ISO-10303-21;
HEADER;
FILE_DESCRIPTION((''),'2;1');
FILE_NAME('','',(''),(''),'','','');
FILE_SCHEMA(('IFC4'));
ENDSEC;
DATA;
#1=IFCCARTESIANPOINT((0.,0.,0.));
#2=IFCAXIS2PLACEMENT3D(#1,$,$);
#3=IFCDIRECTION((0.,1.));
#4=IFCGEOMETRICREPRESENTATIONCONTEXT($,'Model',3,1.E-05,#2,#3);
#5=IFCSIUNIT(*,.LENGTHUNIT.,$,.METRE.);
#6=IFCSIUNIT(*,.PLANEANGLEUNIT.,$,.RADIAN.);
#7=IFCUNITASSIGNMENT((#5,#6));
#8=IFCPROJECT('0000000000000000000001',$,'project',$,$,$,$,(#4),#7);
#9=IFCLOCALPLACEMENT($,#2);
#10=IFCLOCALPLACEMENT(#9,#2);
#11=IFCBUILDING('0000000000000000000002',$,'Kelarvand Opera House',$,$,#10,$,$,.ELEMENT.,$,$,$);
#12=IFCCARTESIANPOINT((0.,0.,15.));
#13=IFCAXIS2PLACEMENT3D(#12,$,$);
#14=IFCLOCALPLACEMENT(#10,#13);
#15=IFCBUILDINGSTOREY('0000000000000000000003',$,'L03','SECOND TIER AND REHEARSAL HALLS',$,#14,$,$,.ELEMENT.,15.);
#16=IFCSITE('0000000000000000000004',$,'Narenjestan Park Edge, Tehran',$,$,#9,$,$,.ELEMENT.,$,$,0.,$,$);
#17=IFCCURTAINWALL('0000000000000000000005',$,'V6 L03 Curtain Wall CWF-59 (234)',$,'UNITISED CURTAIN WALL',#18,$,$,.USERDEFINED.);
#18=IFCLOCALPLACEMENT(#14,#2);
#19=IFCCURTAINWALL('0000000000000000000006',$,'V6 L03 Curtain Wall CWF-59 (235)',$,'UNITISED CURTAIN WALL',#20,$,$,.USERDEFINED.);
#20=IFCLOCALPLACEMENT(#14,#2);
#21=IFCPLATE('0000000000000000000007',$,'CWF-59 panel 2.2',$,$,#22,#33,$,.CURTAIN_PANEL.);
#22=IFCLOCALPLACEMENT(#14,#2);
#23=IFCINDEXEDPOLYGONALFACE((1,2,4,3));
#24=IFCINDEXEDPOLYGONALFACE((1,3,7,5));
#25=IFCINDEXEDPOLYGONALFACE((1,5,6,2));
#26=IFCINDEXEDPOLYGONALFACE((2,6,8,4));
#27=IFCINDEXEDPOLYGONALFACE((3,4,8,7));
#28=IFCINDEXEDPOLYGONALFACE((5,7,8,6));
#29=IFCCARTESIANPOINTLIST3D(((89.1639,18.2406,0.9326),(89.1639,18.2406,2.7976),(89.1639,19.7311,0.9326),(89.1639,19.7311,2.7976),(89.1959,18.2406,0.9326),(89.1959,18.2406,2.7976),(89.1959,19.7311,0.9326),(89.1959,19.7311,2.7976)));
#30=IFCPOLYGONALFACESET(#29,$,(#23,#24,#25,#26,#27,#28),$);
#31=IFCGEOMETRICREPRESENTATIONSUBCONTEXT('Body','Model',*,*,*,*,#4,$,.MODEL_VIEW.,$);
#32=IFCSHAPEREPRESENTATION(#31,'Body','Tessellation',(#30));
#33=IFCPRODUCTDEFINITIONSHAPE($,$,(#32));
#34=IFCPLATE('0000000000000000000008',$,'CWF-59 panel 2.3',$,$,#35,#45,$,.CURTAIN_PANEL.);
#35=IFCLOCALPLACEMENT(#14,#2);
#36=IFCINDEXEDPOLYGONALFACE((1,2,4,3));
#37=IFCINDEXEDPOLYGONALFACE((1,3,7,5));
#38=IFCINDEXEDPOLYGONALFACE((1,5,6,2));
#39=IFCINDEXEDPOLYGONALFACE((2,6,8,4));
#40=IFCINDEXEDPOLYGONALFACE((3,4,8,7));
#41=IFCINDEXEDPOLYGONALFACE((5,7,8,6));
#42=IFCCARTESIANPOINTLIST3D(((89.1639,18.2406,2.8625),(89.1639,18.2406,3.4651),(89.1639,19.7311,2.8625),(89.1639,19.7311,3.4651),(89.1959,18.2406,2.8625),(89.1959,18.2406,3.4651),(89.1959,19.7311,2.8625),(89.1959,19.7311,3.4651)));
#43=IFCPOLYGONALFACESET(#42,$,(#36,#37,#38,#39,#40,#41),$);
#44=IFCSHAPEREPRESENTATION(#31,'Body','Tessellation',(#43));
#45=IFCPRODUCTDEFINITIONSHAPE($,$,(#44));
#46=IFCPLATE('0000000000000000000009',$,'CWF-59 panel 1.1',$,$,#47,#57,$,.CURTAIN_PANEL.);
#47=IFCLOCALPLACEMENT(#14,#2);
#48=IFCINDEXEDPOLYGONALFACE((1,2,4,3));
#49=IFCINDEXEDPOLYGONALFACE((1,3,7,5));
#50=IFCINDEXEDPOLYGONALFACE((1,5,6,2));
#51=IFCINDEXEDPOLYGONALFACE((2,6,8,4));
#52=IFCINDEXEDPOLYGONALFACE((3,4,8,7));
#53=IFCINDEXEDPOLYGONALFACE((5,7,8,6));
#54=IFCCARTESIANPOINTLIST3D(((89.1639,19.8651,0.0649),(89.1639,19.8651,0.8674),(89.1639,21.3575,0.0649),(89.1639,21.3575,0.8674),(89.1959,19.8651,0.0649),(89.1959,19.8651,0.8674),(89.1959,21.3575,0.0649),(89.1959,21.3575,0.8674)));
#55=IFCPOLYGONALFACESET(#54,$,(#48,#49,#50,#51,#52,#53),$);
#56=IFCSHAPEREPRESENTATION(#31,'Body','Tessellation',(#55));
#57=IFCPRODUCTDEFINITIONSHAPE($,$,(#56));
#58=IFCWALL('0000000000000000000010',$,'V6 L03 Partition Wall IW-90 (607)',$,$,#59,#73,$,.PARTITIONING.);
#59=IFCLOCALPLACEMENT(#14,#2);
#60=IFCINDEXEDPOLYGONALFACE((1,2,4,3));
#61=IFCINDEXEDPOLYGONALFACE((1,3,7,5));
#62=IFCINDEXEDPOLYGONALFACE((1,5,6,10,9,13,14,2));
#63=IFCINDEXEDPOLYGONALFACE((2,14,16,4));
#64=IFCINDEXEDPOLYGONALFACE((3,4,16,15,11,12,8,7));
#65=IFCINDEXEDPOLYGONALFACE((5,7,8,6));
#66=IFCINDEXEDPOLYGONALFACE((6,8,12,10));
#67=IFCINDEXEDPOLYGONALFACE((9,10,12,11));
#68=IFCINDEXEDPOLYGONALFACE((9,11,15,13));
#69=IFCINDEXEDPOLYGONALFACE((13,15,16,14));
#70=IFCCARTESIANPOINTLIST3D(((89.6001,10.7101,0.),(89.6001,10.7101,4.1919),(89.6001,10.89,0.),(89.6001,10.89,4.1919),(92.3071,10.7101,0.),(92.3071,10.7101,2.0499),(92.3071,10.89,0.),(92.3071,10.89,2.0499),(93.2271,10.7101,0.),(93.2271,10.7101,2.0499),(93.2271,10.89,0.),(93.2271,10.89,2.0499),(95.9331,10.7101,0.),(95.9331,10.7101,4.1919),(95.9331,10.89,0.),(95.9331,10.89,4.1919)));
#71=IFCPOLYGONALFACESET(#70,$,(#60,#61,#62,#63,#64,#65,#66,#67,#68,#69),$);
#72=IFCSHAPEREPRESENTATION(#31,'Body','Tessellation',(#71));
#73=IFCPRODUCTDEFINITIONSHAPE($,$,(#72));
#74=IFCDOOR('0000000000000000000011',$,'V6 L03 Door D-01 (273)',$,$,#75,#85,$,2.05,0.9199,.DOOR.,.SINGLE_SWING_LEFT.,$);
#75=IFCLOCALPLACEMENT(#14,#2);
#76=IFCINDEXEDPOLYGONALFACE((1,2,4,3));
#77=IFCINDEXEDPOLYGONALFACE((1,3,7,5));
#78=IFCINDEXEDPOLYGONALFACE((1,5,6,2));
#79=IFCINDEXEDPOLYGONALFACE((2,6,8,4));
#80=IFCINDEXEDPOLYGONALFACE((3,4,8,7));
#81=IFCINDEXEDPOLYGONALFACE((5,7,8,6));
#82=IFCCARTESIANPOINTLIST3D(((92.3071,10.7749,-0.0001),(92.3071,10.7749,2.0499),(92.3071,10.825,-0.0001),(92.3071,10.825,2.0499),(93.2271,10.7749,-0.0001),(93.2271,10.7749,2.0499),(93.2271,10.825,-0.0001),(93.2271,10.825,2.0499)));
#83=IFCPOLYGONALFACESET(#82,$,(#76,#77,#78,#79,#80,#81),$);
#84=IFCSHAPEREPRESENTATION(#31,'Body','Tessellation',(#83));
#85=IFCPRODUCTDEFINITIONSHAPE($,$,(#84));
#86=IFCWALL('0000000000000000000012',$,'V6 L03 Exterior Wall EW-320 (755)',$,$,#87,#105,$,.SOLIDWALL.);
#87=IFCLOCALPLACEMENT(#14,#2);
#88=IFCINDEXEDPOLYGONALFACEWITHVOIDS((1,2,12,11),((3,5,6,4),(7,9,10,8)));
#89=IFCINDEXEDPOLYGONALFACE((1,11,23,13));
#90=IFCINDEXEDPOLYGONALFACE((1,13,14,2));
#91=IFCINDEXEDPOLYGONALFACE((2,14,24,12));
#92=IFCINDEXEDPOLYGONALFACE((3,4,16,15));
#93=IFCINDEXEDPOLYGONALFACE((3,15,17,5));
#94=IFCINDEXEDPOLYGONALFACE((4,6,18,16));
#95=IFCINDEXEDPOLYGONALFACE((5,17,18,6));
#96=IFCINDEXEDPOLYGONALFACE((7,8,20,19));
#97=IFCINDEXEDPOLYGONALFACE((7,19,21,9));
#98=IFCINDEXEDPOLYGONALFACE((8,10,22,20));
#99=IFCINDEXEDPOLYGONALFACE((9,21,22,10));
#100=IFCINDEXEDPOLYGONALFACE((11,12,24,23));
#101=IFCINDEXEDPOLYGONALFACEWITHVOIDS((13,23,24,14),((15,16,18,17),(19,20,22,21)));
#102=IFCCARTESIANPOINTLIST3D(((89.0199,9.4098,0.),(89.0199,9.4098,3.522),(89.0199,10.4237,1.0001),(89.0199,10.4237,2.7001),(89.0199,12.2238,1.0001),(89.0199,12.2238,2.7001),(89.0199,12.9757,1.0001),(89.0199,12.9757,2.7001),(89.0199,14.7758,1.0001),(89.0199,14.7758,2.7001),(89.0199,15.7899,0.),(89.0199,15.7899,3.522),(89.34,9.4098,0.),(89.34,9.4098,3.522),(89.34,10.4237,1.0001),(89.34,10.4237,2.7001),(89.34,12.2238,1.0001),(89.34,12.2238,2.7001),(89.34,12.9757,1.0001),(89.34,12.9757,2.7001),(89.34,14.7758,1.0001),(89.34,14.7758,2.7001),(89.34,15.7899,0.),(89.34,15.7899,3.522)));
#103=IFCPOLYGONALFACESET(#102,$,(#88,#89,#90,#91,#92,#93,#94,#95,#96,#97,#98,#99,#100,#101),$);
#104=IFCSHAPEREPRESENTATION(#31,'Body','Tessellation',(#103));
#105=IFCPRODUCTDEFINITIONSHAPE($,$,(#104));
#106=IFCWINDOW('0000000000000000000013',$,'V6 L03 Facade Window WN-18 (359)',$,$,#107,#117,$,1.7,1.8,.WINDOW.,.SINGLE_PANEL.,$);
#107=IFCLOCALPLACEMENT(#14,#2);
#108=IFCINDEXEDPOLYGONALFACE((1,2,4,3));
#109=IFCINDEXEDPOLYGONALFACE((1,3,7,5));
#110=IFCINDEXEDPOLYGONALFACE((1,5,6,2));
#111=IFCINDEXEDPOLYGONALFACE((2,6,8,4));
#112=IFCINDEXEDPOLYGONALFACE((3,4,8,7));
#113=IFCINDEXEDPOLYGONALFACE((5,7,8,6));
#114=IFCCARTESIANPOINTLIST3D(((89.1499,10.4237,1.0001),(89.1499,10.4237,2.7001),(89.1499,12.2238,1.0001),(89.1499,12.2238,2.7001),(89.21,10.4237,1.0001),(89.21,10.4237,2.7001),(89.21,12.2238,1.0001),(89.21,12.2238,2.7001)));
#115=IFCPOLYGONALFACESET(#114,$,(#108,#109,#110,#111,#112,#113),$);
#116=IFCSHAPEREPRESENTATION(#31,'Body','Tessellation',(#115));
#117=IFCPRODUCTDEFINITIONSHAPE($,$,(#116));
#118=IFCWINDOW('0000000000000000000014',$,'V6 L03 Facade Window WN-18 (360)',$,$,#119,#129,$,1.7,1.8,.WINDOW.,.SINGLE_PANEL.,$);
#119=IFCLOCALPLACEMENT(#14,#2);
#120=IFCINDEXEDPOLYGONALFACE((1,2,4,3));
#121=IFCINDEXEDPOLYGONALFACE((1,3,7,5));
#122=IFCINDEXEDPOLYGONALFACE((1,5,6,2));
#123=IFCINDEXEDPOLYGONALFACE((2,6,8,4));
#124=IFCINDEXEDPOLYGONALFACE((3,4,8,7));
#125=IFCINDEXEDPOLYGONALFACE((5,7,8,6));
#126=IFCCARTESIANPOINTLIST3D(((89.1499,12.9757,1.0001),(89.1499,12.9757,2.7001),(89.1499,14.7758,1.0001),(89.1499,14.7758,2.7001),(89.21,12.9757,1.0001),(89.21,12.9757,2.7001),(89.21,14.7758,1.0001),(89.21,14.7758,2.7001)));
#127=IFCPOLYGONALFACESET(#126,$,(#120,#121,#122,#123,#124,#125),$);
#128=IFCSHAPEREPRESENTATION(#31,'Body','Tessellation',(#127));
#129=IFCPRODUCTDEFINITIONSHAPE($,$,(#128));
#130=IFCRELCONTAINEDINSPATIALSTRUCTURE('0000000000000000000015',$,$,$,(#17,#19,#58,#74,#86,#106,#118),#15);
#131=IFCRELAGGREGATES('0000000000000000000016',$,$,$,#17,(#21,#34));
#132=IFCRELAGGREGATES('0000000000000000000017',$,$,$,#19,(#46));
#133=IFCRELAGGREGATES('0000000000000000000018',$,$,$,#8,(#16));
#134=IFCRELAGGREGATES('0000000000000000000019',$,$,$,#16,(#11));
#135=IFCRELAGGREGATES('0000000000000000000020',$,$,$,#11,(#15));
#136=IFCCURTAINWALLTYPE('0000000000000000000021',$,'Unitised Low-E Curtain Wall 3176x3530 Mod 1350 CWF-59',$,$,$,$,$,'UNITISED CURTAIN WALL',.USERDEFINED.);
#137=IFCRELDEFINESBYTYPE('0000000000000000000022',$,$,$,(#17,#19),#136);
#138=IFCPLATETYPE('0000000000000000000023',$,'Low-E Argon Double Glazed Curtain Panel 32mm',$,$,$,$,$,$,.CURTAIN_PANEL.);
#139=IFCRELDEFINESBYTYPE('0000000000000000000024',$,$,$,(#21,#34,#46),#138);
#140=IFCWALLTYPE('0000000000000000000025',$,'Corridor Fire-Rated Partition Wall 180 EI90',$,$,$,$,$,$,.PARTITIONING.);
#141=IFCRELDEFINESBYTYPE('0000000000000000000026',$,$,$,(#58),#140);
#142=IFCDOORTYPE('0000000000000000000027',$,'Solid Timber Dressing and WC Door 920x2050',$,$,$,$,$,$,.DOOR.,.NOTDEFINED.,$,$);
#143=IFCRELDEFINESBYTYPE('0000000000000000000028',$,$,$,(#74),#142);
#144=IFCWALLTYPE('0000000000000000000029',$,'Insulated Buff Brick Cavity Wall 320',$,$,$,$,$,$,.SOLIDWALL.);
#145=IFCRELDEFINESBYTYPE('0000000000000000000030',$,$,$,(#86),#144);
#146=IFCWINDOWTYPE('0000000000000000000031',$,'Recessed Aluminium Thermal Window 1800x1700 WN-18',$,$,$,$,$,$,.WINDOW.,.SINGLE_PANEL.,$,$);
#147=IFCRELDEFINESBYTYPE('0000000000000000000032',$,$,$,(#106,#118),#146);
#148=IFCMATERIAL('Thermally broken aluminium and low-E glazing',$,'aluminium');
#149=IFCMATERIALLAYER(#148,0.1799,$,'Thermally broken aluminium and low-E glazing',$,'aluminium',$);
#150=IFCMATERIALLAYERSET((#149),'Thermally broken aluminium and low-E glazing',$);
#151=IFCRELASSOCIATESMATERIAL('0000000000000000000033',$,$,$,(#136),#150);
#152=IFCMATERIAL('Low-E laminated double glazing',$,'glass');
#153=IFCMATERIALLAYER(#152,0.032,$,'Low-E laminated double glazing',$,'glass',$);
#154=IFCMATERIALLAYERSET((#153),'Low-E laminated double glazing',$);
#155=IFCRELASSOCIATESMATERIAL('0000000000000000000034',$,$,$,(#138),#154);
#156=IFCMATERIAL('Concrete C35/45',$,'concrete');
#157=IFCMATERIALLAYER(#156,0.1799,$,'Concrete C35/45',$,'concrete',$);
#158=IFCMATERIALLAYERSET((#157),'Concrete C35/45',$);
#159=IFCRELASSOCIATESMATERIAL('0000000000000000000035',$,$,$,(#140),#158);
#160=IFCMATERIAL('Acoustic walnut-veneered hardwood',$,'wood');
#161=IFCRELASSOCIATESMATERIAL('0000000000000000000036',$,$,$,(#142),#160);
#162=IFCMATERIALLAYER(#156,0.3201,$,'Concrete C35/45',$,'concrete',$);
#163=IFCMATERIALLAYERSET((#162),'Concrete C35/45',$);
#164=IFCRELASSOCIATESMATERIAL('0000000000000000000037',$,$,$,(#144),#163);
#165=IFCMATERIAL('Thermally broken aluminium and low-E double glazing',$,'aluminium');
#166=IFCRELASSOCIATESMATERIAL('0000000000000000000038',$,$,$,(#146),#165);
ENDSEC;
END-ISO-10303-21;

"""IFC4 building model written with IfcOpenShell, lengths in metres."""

from ifc_helpers import new_model, si_unit, direction, frame, frame_2d, origin, origin_2d, place, context, subcontext, project, spatial, rectangle, extrude, material, layer, layer_set, type_object, element, fill, aggregate, save


model = new_model("IFC4")

# Units and contexts
model_context = context("Model", 3, precision=1e-05, world=origin(), true_north=direction((0.0, 1.0)))
body_context = subcontext(model_context, "Body", "Model", "MODEL_VIEW")
ifc_project = project(units=[si_unit("LENGTHUNIT", "METRE"), si_unit("PLANEANGLEUNIT", "RADIAN")], contexts=[model_context])

# Site, building, storey
site_placement = place(None, origin())
site = spatial("IfcSite", under=ifc_project, at=site_placement, Name="Narenjestan Park Edge, Tehran", CompositionType="ELEMENT", RefElevation=0.0)
building_placement = place(site_placement, origin())
building = spatial("IfcBuilding", under=site, at=building_placement, Name="Kelarvand Opera House", CompositionType="ELEMENT")
storey_placement = place(building_placement, frame((0.0, 0.0, 15.0)))
storey = spatial("IfcBuildingStorey", under=building, at=storey_placement, Name="L03", Description="SECOND TIER AND REHEARSAL HALLS", CompositionType="ELEMENT", Elevation=15.0)

# Curtain wall
ifc_material_1 = material(Name="Thermally broken aluminium and low-E glazing", Category="aluminium")
ifc_layer_1 = layer(ifc_material_1, 0.1799, Name="Thermally broken aluminium and low-E glazing", Category="aluminium")
ifc_layer_set_1 = layer_set([ifc_layer_1], Name="Thermally broken aluminium and low-E glazing")
curtain_wall_type = type_object("IfcCurtainWallType", Name="Unitised Low-E Curtain Wall 3176x3530 Mod 1350 CWF-59", ElementType="UNITISED CURTAIN WALL", PredefinedType="USERDEFINED", material=ifc_layer_set_1)
curtain_wall_1_placement = place(storey_placement, origin())
curtain_wall_1 = element("IfcCurtainWall", 1, at=curtain_wall_1_placement, inside=storey, type_object=curtain_wall_type, Name="V6 L03 Curtain Wall CWF-59 (234)", ObjectType="UNITISED CURTAIN WALL", PredefinedType="USERDEFINED")

# Curtain wall
curtain_wall_2_placement = place(storey_placement, origin())
curtain_wall_2 = element("IfcCurtainWall", 2, at=curtain_wall_2_placement, inside=storey, type_object=curtain_wall_type, Name="V6 L03 Curtain Wall CWF-59 (235)", ObjectType="UNITISED CURTAIN WALL", PredefinedType="USERDEFINED")

# Plates
ifc_material_2 = material(Name="Low-E laminated double glazing", Category="glass")
ifc_layer_2 = layer(ifc_material_2, 0.032, Name="Low-E laminated double glazing", Category="glass")
ifc_layer_set_2 = layer_set([ifc_layer_2], Name="Low-E laminated double glazing")
plate_type = type_object("IfcPlateType", Name="Low-E Argon Double Glazed Curtain Panel 32mm", PredefinedType="CURTAIN_PANEL", material=ifc_layer_set_2)
plate_1_placement = place(storey_placement, frame((89.1799, 18.9858, 0.9326), z_axis=(0.0, 0.0, 1.0), x_axis=(0.0, 1.0, 0.0)))
plate_1 = element("IfcPlate", 3, at=plate_1_placement, type_object=plate_type, Name="CWF-59 panel 2.2", PredefinedType="CURTAIN_PANEL", context=body_context, shape_type="SweptSolid", body=[
    extrude(rectangle(XDim=1.4905, YDim=0.032, at=origin_2d()), origin(), (0.0, 0.0, 1.0), 1.865),
])
plate_2_placement = place(storey_placement, frame((89.1799, 18.9858, 2.8625), z_axis=(0.0, 0.0, 1.0), x_axis=(0.0, 1.0, 0.0)))
plate_2 = element("IfcPlate", 4, at=plate_2_placement, type_object=plate_type, Name="CWF-59 panel 2.3", PredefinedType="CURTAIN_PANEL", context=body_context, shape_type="SweptSolid", body=[
    extrude(rectangle(XDim=1.4905, YDim=0.032, at=origin_2d()), origin(), (0.0, 0.0, 1.0), 0.6025),
])
aggregate(curtain_wall_1, [plate_1, plate_2])
plate_3_placement = place(storey_placement, frame((89.1799, 20.6113, 0.0649), z_axis=(0.0, 0.0, 1.0), x_axis=(0.0, 1.0, 0.0)))
plate_3 = element("IfcPlate", 5, at=plate_3_placement, type_object=plate_type, Name="CWF-59 panel 1.1", PredefinedType="CURTAIN_PANEL", context=body_context, shape_type="SweptSolid", body=[
    extrude(rectangle(XDim=1.4924, YDim=0.032, at=origin_2d()), origin(), (0.0, 0.0, 1.0), 0.8025),
])
aggregate(curtain_wall_2, [plate_3])

# Wall, opening, door
ifc_material_3 = material(Name="Concrete C35/45", Category="concrete")
ifc_layer_3 = layer(ifc_material_3, 0.1799, Name="Concrete C35/45", Category="concrete")
ifc_layer_set_3 = layer_set([ifc_layer_3], Name="Concrete C35/45")
wall_type_1 = type_object("IfcWallType", Name="Corridor Fire-Rated Partition Wall 180 EI90", PredefinedType="PARTITIONING", material=ifc_layer_set_3)
wall_1_placement = place(storey_placement, frame((89.6001, 10.8, 0.0), z_axis=(0.0, 0.0, 1.0), x_axis=(1.0, 0.0, 0.0)))
wall_1 = element("IfcWall", 6, at=wall_1_placement, inside=storey, type_object=wall_type_1, Name="V6 L03 Partition Wall IW-90 (607)", PredefinedType="PARTITIONING", context=body_context, shape_type="SweptSolid", body=[
    extrude(rectangle(XDim=6.333, YDim=0.1799, at=frame_2d((3.1665, 0.0))), origin(), (0.0, 0.0, 1.0), 4.1919),
])
opening_1_placement = place(wall_1_placement, frame((2.707, 0.0, 0.0)))
opening_1 = element("IfcOpeningElement", 7, at=opening_1_placement, cuts=wall_1, PredefinedType="OPENING", context=body_context, shape_type="SweptSolid", body=[
    extrude(rectangle(XDim=0.9199, YDim=2.05, at=frame_2d((0.46, 1.0249))), frame((0.0, 0.1001, 0.0), z_axis=(0.0, -1.0, 0.0), x_axis=(1.0, 0.0, 0.0)), (0.0, 0.0, 1.0), 0.2),
])
ifc_material_4 = material(Name="Acoustic walnut-veneered hardwood", Category="wood")
door_type = type_object("IfcDoorType", Name="Solid Timber Dressing and WC Door 920x2050", OperationType="NOTDEFINED", PredefinedType="DOOR", material=ifc_material_4)
door_placement = place(opening_1_placement, origin())
door = element("IfcDoor", 8, at=door_placement, inside=storey, type_object=door_type, Name="V6 L03 Door D-01 (273)", OperationType="SINGLE_SWING_LEFT", OverallHeight=2.05, OverallWidth=0.9199, PredefinedType="DOOR", context=body_context, shape_type="SweptSolid", body=[
    extrude(rectangle(XDim=0.9199, YDim=2.05, at=frame_2d((0.46, 1.0249))), frame((0.0, 0.0249, 0.0), z_axis=(0.0, -1.0, 0.0), x_axis=(1.0, 0.0, 0.0)), (0.0, 0.0, 1.0), 0.05),
])
fill(opening_1, door)

# Wall, openings, windows
ifc_layer_4 = layer(ifc_material_3, 0.3201, Name="Concrete C35/45", Category="concrete")
ifc_layer_set_4 = layer_set([ifc_layer_4], Name="Concrete C35/45")
wall_type_2 = type_object("IfcWallType", Name="Insulated Buff Brick Cavity Wall 320", PredefinedType="SOLIDWALL", material=ifc_layer_set_4)
wall_2_placement = place(storey_placement, frame((89.1799, 9.4099, 0.0), z_axis=(0.0, 0.0, 1.0), x_axis=(0.0, 1.0, 0.0)))
wall_2 = element("IfcWall", 9, at=wall_2_placement, inside=storey, type_object=wall_type_2, Name="V6 L03 Exterior Wall EW-320 (755)", PredefinedType="SOLIDWALL", context=body_context, shape_type="SweptSolid", body=[
    extrude(rectangle(XDim=6.3801, YDim=0.3201, at=frame_2d((3.1899, 0.0))), origin(), (0.0, 0.0, 1.0), 3.522),
])
opening_2_placement = place(wall_2_placement, frame((1.0139, 0.0, 1.0)))
opening_2 = element("IfcOpeningElement", 10, at=opening_2_placement, cuts=wall_2, PredefinedType="OPENING", context=body_context, shape_type="SweptSolid", body=[
    extrude(rectangle(XDim=1.8, YDim=1.7, at=frame_2d((0.8999, 0.8501))), frame((0.0, 0.1699, 0.0), z_axis=(0.0, -1.0, 0.0), x_axis=(1.0, 0.0, 0.0)), (0.0, 0.0, 1.0), 0.3401),
])
opening_3_placement = place(wall_2_placement, frame((3.5659, 0.0, 1.0)))
opening_3 = element("IfcOpeningElement", 11, at=opening_3_placement, cuts=wall_2, PredefinedType="OPENING", context=body_context, shape_type="SweptSolid", body=[
    extrude(rectangle(XDim=1.8, YDim=1.7, at=frame_2d((0.8999, 0.8501))), frame((0.0, 0.1699, 0.0), z_axis=(0.0, -1.0, 0.0), x_axis=(1.0, 0.0, 0.0)), (0.0, 0.0, 1.0), 0.3401),
])
ifc_material_5 = material(Name="Thermally broken aluminium and low-E double glazing", Category="aluminium")
window_type = type_object("IfcWindowType", Name="Recessed Aluminium Thermal Window 1800x1700 WN-18", PartitioningType="SINGLE_PANEL", PredefinedType="WINDOW", material=ifc_material_5)
window_1_placement = place(opening_2_placement, origin())
window_1 = element("IfcWindow", 12, at=window_1_placement, inside=storey, type_object=window_type, Name="V6 L03 Facade Window WN-18 (359)", OverallHeight=1.7, OverallWidth=1.8, PartitioningType="SINGLE_PANEL", PredefinedType="WINDOW", context=body_context, shape_type="SweptSolid", body=[
    extrude(rectangle(XDim=1.8, YDim=1.7, at=frame_2d((0.8999, 0.8501))), frame((0.0, 0.03, 0.0), z_axis=(0.0, -1.0, 0.0), x_axis=(1.0, 0.0, 0.0)), (0.0, 0.0, 1.0), 0.0601),
])
fill(opening_2, window_1)
window_2_placement = place(opening_3_placement, origin())
window_2 = element("IfcWindow", 13, at=window_2_placement, inside=storey, type_object=window_type, Name="V6 L03 Facade Window WN-18 (360)", OverallHeight=1.7, OverallWidth=1.8, PartitioningType="SINGLE_PANEL", PredefinedType="WINDOW", context=body_context, shape_type="SweptSolid", body=[
    extrude(rectangle(XDim=1.8, YDim=1.7, at=frame_2d((0.8999, 0.8501))), frame((0.0, 0.03, 0.0), z_axis=(0.0, -1.0, 0.0), x_axis=(1.0, 0.0, 0.0)), (0.0, 0.0, 1.0), 0.0601),
])
fill(opening_3, window_2)

save(model, "model.ifc")
